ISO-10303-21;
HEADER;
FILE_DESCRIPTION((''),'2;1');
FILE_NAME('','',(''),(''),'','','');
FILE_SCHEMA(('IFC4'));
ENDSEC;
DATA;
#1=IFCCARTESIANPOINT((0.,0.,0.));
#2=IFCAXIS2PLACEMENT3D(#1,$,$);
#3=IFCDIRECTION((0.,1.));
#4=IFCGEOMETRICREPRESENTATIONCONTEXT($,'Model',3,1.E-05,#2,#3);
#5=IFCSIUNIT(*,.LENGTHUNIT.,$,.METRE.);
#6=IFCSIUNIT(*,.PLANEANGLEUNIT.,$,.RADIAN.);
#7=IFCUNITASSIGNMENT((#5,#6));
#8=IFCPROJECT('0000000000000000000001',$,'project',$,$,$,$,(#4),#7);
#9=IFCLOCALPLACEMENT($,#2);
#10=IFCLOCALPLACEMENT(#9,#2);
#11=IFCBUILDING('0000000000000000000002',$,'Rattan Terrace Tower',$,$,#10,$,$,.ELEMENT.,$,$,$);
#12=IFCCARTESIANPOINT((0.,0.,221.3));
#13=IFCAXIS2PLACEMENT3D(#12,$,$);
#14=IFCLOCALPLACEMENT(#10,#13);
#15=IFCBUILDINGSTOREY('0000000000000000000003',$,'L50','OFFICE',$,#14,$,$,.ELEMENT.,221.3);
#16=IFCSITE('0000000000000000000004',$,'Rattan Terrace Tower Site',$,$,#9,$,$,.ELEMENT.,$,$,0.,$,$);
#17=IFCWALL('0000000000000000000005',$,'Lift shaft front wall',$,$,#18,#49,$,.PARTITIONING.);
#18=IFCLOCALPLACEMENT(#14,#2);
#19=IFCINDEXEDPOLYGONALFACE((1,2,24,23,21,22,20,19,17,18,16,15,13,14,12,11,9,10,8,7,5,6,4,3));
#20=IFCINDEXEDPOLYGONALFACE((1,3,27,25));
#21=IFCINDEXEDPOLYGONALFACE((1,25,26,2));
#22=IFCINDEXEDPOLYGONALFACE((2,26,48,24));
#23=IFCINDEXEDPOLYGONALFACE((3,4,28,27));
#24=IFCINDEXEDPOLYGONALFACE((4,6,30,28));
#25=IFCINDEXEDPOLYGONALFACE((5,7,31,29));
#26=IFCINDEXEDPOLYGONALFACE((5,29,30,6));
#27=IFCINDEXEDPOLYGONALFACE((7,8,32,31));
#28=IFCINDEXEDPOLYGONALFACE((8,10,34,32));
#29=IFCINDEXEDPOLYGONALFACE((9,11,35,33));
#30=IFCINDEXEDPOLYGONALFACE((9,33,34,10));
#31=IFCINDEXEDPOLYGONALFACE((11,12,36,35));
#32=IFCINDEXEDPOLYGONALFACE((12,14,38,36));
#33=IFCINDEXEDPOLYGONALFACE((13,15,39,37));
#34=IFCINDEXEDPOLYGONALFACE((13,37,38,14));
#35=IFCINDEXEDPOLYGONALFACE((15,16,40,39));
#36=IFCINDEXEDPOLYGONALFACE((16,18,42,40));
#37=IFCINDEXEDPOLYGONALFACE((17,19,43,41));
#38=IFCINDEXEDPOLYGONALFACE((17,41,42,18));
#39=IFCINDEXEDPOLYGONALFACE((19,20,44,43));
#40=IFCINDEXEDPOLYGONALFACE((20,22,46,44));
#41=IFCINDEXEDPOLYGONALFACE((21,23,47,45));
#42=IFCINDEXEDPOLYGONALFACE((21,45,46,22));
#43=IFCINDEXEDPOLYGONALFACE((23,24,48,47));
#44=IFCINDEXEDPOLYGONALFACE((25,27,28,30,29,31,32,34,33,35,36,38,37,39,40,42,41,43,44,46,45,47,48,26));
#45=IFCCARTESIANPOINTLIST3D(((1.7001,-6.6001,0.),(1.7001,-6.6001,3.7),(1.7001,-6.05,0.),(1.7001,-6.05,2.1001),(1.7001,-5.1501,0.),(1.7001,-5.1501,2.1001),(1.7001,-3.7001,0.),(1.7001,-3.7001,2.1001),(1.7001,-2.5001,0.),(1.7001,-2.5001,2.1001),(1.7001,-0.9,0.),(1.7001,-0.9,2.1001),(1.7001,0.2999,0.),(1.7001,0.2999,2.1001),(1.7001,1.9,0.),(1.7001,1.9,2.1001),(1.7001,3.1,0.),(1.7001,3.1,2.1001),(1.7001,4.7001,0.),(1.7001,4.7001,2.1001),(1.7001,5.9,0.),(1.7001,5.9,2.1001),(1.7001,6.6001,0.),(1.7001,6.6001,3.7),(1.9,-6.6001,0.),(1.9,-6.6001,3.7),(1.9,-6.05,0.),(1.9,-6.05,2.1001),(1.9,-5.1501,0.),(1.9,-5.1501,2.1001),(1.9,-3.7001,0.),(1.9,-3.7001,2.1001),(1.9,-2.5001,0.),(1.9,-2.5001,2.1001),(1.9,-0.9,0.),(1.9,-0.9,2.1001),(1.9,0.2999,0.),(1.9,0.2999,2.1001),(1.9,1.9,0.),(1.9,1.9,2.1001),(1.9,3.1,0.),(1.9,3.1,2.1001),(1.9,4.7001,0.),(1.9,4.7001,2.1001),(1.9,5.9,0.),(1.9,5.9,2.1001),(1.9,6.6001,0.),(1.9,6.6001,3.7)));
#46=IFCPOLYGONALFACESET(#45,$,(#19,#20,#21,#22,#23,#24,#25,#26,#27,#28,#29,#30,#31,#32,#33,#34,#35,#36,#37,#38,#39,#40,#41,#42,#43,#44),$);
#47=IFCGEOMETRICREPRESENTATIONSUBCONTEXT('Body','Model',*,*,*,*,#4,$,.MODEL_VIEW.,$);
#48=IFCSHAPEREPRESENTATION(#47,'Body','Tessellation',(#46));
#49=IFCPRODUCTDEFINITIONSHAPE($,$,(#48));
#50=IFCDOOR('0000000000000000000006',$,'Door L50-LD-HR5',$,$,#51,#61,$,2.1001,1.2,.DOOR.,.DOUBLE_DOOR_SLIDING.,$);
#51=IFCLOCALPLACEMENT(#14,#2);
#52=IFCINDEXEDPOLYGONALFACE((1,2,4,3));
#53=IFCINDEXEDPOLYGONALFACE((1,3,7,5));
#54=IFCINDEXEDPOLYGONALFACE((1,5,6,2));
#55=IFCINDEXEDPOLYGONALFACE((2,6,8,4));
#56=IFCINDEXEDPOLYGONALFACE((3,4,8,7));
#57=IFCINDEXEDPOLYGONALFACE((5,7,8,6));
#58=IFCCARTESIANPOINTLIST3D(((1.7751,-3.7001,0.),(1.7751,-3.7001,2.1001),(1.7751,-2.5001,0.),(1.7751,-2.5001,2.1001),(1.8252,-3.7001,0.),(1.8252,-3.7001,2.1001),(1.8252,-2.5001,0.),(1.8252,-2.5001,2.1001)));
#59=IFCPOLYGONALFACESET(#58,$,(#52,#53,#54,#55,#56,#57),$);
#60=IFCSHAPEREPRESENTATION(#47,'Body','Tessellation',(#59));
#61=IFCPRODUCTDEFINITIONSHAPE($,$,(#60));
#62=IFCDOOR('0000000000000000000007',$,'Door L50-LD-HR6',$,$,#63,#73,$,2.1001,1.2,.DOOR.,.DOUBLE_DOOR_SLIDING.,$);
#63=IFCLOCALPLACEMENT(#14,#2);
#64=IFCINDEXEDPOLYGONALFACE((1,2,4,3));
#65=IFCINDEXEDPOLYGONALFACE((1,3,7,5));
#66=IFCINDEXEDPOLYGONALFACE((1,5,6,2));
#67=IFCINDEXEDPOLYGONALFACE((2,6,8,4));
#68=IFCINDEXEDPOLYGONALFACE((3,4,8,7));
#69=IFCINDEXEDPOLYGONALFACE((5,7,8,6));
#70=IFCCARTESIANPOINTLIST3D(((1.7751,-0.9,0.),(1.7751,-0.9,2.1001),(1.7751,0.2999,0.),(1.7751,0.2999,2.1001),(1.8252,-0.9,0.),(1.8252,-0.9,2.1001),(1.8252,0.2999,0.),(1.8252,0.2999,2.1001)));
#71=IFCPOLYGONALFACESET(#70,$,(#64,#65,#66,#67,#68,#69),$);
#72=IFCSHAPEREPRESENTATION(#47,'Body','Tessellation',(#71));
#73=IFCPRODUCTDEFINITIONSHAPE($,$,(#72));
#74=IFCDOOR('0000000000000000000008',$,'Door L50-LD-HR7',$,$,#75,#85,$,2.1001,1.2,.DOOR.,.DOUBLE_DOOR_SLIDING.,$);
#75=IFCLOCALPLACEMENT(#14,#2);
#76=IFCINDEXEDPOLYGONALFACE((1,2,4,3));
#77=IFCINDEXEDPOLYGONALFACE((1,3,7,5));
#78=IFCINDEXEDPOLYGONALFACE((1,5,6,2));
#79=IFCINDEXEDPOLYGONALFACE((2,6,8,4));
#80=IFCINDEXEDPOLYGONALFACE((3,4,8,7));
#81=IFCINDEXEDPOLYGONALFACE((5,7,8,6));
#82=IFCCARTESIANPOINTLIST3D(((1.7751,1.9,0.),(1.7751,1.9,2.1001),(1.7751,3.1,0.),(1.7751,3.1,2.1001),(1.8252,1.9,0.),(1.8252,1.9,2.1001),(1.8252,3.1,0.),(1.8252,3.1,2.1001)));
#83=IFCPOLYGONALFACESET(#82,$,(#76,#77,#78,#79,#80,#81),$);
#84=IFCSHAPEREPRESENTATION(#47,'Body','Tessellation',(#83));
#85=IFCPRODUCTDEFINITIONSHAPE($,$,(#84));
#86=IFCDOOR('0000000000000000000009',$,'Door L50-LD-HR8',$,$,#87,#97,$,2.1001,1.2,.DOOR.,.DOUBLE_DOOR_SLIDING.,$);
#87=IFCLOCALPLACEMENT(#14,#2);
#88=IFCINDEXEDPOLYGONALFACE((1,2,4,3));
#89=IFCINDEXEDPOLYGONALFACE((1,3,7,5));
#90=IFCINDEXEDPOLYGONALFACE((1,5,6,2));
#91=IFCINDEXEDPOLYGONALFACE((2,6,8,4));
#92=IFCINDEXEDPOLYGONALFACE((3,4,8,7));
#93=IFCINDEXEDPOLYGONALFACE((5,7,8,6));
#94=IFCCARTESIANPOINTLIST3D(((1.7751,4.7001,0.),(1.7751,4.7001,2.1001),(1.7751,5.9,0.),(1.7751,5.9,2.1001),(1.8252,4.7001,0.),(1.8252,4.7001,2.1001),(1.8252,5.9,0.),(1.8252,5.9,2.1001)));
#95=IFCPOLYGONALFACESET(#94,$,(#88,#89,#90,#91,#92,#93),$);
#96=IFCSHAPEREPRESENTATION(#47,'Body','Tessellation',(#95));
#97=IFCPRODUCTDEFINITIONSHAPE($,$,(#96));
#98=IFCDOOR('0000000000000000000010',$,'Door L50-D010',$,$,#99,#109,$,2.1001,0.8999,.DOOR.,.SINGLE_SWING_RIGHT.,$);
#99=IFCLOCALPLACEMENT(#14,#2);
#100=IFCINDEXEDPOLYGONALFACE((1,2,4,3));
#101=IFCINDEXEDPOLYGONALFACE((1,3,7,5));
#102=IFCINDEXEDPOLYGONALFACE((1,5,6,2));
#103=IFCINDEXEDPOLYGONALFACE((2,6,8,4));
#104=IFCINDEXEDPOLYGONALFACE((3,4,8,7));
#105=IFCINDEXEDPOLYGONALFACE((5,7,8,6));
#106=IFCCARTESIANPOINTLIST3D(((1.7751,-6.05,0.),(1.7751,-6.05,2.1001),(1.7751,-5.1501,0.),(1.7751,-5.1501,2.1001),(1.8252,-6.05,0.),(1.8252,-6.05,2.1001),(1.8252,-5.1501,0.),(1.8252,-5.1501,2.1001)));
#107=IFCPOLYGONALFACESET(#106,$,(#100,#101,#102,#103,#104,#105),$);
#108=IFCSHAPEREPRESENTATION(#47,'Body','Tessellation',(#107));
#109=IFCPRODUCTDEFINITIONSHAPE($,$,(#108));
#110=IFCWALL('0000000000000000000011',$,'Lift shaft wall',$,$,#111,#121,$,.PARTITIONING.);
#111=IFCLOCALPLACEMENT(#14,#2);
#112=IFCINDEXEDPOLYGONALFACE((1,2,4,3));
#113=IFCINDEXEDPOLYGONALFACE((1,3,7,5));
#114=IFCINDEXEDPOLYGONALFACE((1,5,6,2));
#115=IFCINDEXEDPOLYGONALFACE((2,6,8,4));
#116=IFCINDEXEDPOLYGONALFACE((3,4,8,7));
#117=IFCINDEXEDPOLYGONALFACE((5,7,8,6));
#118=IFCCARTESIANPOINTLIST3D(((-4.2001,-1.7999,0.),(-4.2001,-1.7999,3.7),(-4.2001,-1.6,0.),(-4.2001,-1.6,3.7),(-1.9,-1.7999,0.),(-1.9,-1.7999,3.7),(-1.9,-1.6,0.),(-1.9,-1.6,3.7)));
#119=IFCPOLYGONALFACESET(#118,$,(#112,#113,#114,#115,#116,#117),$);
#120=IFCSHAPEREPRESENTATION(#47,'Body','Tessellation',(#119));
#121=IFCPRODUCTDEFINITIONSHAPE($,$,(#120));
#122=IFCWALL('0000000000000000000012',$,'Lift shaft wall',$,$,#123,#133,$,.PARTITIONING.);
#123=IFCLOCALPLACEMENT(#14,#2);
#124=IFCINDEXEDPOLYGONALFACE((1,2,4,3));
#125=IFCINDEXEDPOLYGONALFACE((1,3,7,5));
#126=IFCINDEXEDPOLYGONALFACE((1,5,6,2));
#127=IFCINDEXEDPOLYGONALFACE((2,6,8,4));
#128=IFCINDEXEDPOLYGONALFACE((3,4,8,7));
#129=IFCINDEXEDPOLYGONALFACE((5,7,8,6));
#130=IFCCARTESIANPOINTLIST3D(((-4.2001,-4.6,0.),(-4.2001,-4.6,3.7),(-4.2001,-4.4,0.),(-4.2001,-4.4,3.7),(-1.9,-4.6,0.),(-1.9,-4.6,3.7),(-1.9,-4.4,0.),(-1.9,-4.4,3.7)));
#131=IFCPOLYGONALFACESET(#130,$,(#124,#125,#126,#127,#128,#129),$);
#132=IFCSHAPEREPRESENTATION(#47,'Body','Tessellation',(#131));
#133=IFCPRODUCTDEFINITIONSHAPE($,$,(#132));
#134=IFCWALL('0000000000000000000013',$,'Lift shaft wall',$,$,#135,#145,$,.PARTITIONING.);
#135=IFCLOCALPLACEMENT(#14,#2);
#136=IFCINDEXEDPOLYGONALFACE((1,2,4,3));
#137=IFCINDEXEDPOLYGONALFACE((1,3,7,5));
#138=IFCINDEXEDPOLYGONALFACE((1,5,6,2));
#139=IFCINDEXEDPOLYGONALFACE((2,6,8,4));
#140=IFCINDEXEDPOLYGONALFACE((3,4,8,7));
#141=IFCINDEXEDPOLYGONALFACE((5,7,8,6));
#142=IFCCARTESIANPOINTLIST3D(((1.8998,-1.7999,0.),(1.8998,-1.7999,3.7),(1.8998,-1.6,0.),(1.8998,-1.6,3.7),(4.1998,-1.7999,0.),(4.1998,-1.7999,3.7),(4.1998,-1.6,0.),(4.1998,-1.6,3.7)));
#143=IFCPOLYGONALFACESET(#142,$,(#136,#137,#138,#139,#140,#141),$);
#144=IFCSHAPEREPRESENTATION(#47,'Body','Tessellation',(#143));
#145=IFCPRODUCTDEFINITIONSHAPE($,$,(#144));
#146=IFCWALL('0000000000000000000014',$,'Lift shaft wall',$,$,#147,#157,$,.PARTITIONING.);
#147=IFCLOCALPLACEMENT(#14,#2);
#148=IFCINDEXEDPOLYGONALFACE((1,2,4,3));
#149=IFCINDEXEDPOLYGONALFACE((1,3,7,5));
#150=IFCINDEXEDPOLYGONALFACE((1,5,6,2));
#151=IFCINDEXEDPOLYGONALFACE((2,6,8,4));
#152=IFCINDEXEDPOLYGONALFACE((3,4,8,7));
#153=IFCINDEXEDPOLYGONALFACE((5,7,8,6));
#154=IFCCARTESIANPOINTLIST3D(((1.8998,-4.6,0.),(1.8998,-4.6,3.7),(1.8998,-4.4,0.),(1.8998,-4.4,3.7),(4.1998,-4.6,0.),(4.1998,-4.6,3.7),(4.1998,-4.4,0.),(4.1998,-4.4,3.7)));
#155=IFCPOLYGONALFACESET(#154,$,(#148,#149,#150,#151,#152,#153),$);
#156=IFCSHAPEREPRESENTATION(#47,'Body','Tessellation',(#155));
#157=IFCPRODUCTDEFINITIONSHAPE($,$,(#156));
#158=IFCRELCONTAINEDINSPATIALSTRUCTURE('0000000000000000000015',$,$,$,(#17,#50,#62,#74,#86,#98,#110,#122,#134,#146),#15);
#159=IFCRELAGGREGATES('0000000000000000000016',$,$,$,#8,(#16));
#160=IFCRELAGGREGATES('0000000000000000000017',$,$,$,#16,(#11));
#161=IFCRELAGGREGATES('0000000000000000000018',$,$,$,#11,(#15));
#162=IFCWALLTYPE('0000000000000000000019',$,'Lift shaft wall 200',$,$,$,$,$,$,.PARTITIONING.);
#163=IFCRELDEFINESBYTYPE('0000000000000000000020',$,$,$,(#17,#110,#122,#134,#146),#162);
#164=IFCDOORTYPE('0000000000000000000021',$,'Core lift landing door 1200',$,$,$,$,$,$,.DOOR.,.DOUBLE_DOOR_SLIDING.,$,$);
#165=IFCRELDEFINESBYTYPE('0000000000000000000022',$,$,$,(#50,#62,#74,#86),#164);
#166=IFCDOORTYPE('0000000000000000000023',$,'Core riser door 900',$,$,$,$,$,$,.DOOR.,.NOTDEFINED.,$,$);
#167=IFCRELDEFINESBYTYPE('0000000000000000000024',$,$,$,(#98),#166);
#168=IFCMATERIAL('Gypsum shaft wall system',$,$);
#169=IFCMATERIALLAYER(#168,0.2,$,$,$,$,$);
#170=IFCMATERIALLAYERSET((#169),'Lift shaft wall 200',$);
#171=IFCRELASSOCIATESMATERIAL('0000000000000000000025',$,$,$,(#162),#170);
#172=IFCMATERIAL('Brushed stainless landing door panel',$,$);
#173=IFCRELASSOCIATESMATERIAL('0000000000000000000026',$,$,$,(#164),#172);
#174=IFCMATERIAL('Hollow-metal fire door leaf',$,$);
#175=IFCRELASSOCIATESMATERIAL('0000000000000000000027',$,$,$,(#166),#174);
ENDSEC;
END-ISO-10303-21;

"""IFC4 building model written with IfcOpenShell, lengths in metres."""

from ifc_helpers import new_model, si_unit, direction, frame, frame_2d, origin, place, context, subcontext, project, spatial, rectangle, extrude, material, layer, layer_set, type_object, element, fill, save


model = new_model("IFC4")

# Units and contexts
model_context = context("Model", 3, precision=1e-05, world=origin(), true_north=direction((0.0, 1.0)))
body_context = subcontext(model_context, "Body", "Model", "MODEL_VIEW")
ifc_project = project(units=[si_unit("LENGTHUNIT", "METRE"), si_unit("PLANEANGLEUNIT", "RADIAN")], contexts=[model_context])

# Site, building, storey
site_placement = place(None, origin())
site = spatial("IfcSite", under=ifc_project, at=site_placement, Name="Rattan Terrace Tower Site", CompositionType="ELEMENT", RefElevation=0.0)
building_placement = place(site_placement, origin())
building = spatial("IfcBuilding", under=site, at=building_placement, Name="Rattan Terrace Tower", CompositionType="ELEMENT")
storey_placement = place(building_placement, frame((0.0, 0.0, 221.3)))
storey = spatial("IfcBuildingStorey", under=building, at=storey_placement, Name="L50", Description="OFFICE", CompositionType="ELEMENT", Elevation=221.3)

# Wall, openings, doors
ifc_material_1 = material(Name="Gypsum shaft wall system")
ifc_layer_1 = layer(ifc_material_1, 0.2)
ifc_layer_set_1 = layer_set([ifc_layer_1], Name="Lift shaft wall 200")
wall_type_1 = type_object("IfcWallType", Name="Lift shaft wall 200", PredefinedType="PARTITIONING", material=ifc_layer_set_1)
ifc_material_2 = material(Name="Brushed stainless landing door panel")
door_type_1 = type_object("IfcDoorType", Name="Core lift landing door 1200", OperationType="DOUBLE_DOOR_SLIDING", PredefinedType="DOOR", material=ifc_material_2)
ifc_material_3 = material(Name="Hollow-metal fire door leaf")
door_type_2 = type_object("IfcDoorType", Name="Core riser door 900", OperationType="NOTDEFINED", PredefinedType="DOOR", material=ifc_material_3)
wall_1_placement = place(storey_placement, frame((1.8, -6.6001, 0.0), z_axis=(0.0, 0.0, 1.0), x_axis=(0.0, 1.0, 0.0)))
wall_1 = element("IfcWall", 1, at=wall_1_placement, inside=storey, type_object=wall_type_1, Name="Lift shaft front wall", PredefinedType="PARTITIONING", context=body_context, shape_type="SweptSolid", body=[
    extrude(rectangle(XDim=13.2002, YDim=0.2, at=frame_2d((6.6001, 0.0))), origin(), (0.0, 0.0, 1.0), 3.7),
])
opening_1_placement = place(wall_1_placement, frame((0.55, 0.0, 0.0)))
opening_1 = element("IfcOpeningElement", 2, at=opening_1_placement, cuts=wall_1, PredefinedType="OPENING", context=body_context, shape_type="SweptSolid", body=[
    extrude(rectangle(XDim=0.8999, YDim=2.1001, at=frame_2d((0.45, 1.05))), frame((0.0, 0.1106, 0.0), z_axis=(0.0, -1.0, 0.0), x_axis=(1.0, 0.0, 0.0)), (0.0, 0.0, 1.0), 0.2209),
])
opening_2_placement = place(wall_1_placement, frame((2.8999, 0.0, 0.0)))
opening_2 = element("IfcOpeningElement", 3, at=opening_2_placement, cuts=wall_1, PredefinedType="OPENING", context=body_context, shape_type="SweptSolid", body=[
    extrude(rectangle(XDim=1.2, YDim=2.1001, at=frame_2d((0.6001, 1.05))), frame((0.0, 0.1106, 0.0), z_axis=(0.0, -1.0, 0.0), x_axis=(1.0, 0.0, 0.0)), (0.0, 0.0, 1.0), 0.2209),
])
opening_3_placement = place(wall_1_placement, frame((5.7, 0.0, 0.0)))
opening_3 = element("IfcOpeningElement", 4, at=opening_3_placement, cuts=wall_1, PredefinedType="OPENING", context=body_context, shape_type="SweptSolid", body=[
    extrude(rectangle(XDim=1.2, YDim=2.1001, at=frame_2d((0.6001, 1.05))), frame((0.0, 0.1106, 0.0), z_axis=(0.0, -1.0, 0.0), x_axis=(1.0, 0.0, 0.0)), (0.0, 0.0, 1.0), 0.2209),
])
opening_4_placement = place(wall_1_placement, frame((8.5, 0.0, 0.0)))
opening_4 = element("IfcOpeningElement", 5, at=opening_4_placement, cuts=wall_1, PredefinedType="OPENING", context=body_context, shape_type="SweptSolid", body=[
    extrude(rectangle(XDim=1.2, YDim=2.1001, at=frame_2d((0.6001, 1.05))), frame((0.0, 0.1106, 0.0), z_axis=(0.0, -1.0, 0.0), x_axis=(1.0, 0.0, 0.0)), (0.0, 0.0, 1.0), 0.2209),
])
opening_5_placement = place(wall_1_placement, frame((11.3, 0.0, 0.0)))
opening_5 = element("IfcOpeningElement", 6, at=opening_5_placement, cuts=wall_1, PredefinedType="OPENING", context=body_context, shape_type="SweptSolid", body=[
    extrude(rectangle(XDim=1.2, YDim=2.1001, at=frame_2d((0.6001, 1.05))), frame((0.0, 0.1106, 0.0), z_axis=(0.0, -1.0, 0.0), x_axis=(1.0, 0.0, 0.0)), (0.0, 0.0, 1.0), 0.2209),
])
door_1_placement = place(opening_2_placement, origin())
door_1 = element("IfcDoor", 7, at=door_1_placement, inside=storey, type_object=door_type_1, Name="Door L50-LD-HR5", OperationType="DOUBLE_DOOR_SLIDING", OverallHeight=2.1001, OverallWidth=1.2, PredefinedType="DOOR", context=body_context, shape_type="SweptSolid", body=[
    extrude(rectangle(XDim=1.2, YDim=2.1001, at=frame_2d((0.6001, 1.05))), frame((0.0, 0.0249, 0.0), z_axis=(0.0, -1.0, 0.0), x_axis=(1.0, 0.0, 0.0)), (0.0, 0.0, 1.0), 0.05),
])
fill(opening_2, door_1)
door_2_placement = place(opening_3_placement, origin())
door_2 = element("IfcDoor", 8, at=door_2_placement, inside=storey, type_object=door_type_1, Name="Door L50-LD-HR6", OperationType="DOUBLE_DOOR_SLIDING", OverallHeight=2.1001, OverallWidth=1.2, PredefinedType="DOOR", context=body_context, shape_type="SweptSolid", body=[
    extrude(rectangle(XDim=1.2, YDim=2.1001, at=frame_2d((0.6001, 1.05))), frame((0.0, 0.0249, 0.0), z_axis=(0.0, -1.0, 0.0), x_axis=(1.0, 0.0, 0.0)), (0.0, 0.0, 1.0), 0.05),
])
fill(opening_3, door_2)
door_3_placement = place(opening_4_placement, origin())
door_3 = element("IfcDoor", 9, at=door_3_placement, inside=storey, type_object=door_type_1, Name="Door L50-LD-HR7", OperationType="DOUBLE_DOOR_SLIDING", OverallHeight=2.1001, OverallWidth=1.2, PredefinedType="DOOR", context=body_context, shape_type="SweptSolid", body=[
    extrude(rectangle(XDim=1.2, YDim=2.1001, at=frame_2d((0.6001, 1.05))), frame((0.0, 0.0249, 0.0), z_axis=(0.0, -1.0, 0.0), x_axis=(1.0, 0.0, 0.0)), (0.0, 0.0, 1.0), 0.05),
])
fill(opening_4, door_3)
door_4_placement = place(opening_5_placement, origin())
door_4 = element("IfcDoor", 10, at=door_4_placement, inside=storey, type_object=door_type_1, Name="Door L50-LD-HR8", OperationType="DOUBLE_DOOR_SLIDING", OverallHeight=2.1001, OverallWidth=1.2, PredefinedType="DOOR", context=body_context, shape_type="SweptSolid", body=[
    extrude(rectangle(XDim=1.2, YDim=2.1001, at=frame_2d((0.6001, 1.05))), frame((0.0, 0.0249, 0.0), z_axis=(0.0, -1.0, 0.0), x_axis=(1.0, 0.0, 0.0)), (0.0, 0.0, 1.0), 0.05),
])
fill(opening_5, door_4)
door_5_placement = place(opening_1_placement, origin())
door_5 = element("IfcDoor", 11, at=door_5_placement, inside=storey, type_object=door_type_2, Name="Door L50-D010", OperationType="SINGLE_SWING_RIGHT", OverallHeight=2.1001, OverallWidth=0.8999, PredefinedType="DOOR", context=body_context, shape_type="SweptSolid", body=[
    extrude(rectangle(XDim=0.8999, YDim=2.1001, at=frame_2d((0.45, 1.05))), frame((0.0, 0.0249, 0.0), z_axis=(0.0, -1.0, 0.0), x_axis=(1.0, 0.0, 0.0)), (0.0, 0.0, 1.0), 0.05),
])
fill(opening_1, door_5)

# Walls
for number, where, z_axis, x_axis, name in (
    (12, (-4.2, -1.7, 0.0), (0.0, 0.0, 1.0), (1.0, 0.0, 0.0), "Lift shaft wall"),
    (13, (-4.2, -4.5, 0.0), (0.0, 0.0, 1.0), (1.0, 0.0, 0.0), "Lift shaft wall"),
    (14, (1.8999, -1.7, 0.0), (0.0, 0.0, 1.0), (1.0, 0.0, 0.0), "Lift shaft wall"),
    (15, (1.8999, -4.5, 0.0), (0.0, 0.0, 1.0), (1.0, 0.0, 0.0), "Lift shaft wall"),
):
    element("IfcWall", number, at=place(storey_placement, frame(where, z_axis=z_axis, x_axis=x_axis)), inside=storey, type_object=wall_type_1, Name=name, PredefinedType="PARTITIONING", context=body_context, shape_type="SweptSolid", body=[
        extrude(rectangle(XDim=2.3, YDim=0.2, at=frame_2d((1.1499, 0.0))), origin(), (0.0, 0.0, 1.0), 3.7),
    ])

save(model, "model.ifc")
